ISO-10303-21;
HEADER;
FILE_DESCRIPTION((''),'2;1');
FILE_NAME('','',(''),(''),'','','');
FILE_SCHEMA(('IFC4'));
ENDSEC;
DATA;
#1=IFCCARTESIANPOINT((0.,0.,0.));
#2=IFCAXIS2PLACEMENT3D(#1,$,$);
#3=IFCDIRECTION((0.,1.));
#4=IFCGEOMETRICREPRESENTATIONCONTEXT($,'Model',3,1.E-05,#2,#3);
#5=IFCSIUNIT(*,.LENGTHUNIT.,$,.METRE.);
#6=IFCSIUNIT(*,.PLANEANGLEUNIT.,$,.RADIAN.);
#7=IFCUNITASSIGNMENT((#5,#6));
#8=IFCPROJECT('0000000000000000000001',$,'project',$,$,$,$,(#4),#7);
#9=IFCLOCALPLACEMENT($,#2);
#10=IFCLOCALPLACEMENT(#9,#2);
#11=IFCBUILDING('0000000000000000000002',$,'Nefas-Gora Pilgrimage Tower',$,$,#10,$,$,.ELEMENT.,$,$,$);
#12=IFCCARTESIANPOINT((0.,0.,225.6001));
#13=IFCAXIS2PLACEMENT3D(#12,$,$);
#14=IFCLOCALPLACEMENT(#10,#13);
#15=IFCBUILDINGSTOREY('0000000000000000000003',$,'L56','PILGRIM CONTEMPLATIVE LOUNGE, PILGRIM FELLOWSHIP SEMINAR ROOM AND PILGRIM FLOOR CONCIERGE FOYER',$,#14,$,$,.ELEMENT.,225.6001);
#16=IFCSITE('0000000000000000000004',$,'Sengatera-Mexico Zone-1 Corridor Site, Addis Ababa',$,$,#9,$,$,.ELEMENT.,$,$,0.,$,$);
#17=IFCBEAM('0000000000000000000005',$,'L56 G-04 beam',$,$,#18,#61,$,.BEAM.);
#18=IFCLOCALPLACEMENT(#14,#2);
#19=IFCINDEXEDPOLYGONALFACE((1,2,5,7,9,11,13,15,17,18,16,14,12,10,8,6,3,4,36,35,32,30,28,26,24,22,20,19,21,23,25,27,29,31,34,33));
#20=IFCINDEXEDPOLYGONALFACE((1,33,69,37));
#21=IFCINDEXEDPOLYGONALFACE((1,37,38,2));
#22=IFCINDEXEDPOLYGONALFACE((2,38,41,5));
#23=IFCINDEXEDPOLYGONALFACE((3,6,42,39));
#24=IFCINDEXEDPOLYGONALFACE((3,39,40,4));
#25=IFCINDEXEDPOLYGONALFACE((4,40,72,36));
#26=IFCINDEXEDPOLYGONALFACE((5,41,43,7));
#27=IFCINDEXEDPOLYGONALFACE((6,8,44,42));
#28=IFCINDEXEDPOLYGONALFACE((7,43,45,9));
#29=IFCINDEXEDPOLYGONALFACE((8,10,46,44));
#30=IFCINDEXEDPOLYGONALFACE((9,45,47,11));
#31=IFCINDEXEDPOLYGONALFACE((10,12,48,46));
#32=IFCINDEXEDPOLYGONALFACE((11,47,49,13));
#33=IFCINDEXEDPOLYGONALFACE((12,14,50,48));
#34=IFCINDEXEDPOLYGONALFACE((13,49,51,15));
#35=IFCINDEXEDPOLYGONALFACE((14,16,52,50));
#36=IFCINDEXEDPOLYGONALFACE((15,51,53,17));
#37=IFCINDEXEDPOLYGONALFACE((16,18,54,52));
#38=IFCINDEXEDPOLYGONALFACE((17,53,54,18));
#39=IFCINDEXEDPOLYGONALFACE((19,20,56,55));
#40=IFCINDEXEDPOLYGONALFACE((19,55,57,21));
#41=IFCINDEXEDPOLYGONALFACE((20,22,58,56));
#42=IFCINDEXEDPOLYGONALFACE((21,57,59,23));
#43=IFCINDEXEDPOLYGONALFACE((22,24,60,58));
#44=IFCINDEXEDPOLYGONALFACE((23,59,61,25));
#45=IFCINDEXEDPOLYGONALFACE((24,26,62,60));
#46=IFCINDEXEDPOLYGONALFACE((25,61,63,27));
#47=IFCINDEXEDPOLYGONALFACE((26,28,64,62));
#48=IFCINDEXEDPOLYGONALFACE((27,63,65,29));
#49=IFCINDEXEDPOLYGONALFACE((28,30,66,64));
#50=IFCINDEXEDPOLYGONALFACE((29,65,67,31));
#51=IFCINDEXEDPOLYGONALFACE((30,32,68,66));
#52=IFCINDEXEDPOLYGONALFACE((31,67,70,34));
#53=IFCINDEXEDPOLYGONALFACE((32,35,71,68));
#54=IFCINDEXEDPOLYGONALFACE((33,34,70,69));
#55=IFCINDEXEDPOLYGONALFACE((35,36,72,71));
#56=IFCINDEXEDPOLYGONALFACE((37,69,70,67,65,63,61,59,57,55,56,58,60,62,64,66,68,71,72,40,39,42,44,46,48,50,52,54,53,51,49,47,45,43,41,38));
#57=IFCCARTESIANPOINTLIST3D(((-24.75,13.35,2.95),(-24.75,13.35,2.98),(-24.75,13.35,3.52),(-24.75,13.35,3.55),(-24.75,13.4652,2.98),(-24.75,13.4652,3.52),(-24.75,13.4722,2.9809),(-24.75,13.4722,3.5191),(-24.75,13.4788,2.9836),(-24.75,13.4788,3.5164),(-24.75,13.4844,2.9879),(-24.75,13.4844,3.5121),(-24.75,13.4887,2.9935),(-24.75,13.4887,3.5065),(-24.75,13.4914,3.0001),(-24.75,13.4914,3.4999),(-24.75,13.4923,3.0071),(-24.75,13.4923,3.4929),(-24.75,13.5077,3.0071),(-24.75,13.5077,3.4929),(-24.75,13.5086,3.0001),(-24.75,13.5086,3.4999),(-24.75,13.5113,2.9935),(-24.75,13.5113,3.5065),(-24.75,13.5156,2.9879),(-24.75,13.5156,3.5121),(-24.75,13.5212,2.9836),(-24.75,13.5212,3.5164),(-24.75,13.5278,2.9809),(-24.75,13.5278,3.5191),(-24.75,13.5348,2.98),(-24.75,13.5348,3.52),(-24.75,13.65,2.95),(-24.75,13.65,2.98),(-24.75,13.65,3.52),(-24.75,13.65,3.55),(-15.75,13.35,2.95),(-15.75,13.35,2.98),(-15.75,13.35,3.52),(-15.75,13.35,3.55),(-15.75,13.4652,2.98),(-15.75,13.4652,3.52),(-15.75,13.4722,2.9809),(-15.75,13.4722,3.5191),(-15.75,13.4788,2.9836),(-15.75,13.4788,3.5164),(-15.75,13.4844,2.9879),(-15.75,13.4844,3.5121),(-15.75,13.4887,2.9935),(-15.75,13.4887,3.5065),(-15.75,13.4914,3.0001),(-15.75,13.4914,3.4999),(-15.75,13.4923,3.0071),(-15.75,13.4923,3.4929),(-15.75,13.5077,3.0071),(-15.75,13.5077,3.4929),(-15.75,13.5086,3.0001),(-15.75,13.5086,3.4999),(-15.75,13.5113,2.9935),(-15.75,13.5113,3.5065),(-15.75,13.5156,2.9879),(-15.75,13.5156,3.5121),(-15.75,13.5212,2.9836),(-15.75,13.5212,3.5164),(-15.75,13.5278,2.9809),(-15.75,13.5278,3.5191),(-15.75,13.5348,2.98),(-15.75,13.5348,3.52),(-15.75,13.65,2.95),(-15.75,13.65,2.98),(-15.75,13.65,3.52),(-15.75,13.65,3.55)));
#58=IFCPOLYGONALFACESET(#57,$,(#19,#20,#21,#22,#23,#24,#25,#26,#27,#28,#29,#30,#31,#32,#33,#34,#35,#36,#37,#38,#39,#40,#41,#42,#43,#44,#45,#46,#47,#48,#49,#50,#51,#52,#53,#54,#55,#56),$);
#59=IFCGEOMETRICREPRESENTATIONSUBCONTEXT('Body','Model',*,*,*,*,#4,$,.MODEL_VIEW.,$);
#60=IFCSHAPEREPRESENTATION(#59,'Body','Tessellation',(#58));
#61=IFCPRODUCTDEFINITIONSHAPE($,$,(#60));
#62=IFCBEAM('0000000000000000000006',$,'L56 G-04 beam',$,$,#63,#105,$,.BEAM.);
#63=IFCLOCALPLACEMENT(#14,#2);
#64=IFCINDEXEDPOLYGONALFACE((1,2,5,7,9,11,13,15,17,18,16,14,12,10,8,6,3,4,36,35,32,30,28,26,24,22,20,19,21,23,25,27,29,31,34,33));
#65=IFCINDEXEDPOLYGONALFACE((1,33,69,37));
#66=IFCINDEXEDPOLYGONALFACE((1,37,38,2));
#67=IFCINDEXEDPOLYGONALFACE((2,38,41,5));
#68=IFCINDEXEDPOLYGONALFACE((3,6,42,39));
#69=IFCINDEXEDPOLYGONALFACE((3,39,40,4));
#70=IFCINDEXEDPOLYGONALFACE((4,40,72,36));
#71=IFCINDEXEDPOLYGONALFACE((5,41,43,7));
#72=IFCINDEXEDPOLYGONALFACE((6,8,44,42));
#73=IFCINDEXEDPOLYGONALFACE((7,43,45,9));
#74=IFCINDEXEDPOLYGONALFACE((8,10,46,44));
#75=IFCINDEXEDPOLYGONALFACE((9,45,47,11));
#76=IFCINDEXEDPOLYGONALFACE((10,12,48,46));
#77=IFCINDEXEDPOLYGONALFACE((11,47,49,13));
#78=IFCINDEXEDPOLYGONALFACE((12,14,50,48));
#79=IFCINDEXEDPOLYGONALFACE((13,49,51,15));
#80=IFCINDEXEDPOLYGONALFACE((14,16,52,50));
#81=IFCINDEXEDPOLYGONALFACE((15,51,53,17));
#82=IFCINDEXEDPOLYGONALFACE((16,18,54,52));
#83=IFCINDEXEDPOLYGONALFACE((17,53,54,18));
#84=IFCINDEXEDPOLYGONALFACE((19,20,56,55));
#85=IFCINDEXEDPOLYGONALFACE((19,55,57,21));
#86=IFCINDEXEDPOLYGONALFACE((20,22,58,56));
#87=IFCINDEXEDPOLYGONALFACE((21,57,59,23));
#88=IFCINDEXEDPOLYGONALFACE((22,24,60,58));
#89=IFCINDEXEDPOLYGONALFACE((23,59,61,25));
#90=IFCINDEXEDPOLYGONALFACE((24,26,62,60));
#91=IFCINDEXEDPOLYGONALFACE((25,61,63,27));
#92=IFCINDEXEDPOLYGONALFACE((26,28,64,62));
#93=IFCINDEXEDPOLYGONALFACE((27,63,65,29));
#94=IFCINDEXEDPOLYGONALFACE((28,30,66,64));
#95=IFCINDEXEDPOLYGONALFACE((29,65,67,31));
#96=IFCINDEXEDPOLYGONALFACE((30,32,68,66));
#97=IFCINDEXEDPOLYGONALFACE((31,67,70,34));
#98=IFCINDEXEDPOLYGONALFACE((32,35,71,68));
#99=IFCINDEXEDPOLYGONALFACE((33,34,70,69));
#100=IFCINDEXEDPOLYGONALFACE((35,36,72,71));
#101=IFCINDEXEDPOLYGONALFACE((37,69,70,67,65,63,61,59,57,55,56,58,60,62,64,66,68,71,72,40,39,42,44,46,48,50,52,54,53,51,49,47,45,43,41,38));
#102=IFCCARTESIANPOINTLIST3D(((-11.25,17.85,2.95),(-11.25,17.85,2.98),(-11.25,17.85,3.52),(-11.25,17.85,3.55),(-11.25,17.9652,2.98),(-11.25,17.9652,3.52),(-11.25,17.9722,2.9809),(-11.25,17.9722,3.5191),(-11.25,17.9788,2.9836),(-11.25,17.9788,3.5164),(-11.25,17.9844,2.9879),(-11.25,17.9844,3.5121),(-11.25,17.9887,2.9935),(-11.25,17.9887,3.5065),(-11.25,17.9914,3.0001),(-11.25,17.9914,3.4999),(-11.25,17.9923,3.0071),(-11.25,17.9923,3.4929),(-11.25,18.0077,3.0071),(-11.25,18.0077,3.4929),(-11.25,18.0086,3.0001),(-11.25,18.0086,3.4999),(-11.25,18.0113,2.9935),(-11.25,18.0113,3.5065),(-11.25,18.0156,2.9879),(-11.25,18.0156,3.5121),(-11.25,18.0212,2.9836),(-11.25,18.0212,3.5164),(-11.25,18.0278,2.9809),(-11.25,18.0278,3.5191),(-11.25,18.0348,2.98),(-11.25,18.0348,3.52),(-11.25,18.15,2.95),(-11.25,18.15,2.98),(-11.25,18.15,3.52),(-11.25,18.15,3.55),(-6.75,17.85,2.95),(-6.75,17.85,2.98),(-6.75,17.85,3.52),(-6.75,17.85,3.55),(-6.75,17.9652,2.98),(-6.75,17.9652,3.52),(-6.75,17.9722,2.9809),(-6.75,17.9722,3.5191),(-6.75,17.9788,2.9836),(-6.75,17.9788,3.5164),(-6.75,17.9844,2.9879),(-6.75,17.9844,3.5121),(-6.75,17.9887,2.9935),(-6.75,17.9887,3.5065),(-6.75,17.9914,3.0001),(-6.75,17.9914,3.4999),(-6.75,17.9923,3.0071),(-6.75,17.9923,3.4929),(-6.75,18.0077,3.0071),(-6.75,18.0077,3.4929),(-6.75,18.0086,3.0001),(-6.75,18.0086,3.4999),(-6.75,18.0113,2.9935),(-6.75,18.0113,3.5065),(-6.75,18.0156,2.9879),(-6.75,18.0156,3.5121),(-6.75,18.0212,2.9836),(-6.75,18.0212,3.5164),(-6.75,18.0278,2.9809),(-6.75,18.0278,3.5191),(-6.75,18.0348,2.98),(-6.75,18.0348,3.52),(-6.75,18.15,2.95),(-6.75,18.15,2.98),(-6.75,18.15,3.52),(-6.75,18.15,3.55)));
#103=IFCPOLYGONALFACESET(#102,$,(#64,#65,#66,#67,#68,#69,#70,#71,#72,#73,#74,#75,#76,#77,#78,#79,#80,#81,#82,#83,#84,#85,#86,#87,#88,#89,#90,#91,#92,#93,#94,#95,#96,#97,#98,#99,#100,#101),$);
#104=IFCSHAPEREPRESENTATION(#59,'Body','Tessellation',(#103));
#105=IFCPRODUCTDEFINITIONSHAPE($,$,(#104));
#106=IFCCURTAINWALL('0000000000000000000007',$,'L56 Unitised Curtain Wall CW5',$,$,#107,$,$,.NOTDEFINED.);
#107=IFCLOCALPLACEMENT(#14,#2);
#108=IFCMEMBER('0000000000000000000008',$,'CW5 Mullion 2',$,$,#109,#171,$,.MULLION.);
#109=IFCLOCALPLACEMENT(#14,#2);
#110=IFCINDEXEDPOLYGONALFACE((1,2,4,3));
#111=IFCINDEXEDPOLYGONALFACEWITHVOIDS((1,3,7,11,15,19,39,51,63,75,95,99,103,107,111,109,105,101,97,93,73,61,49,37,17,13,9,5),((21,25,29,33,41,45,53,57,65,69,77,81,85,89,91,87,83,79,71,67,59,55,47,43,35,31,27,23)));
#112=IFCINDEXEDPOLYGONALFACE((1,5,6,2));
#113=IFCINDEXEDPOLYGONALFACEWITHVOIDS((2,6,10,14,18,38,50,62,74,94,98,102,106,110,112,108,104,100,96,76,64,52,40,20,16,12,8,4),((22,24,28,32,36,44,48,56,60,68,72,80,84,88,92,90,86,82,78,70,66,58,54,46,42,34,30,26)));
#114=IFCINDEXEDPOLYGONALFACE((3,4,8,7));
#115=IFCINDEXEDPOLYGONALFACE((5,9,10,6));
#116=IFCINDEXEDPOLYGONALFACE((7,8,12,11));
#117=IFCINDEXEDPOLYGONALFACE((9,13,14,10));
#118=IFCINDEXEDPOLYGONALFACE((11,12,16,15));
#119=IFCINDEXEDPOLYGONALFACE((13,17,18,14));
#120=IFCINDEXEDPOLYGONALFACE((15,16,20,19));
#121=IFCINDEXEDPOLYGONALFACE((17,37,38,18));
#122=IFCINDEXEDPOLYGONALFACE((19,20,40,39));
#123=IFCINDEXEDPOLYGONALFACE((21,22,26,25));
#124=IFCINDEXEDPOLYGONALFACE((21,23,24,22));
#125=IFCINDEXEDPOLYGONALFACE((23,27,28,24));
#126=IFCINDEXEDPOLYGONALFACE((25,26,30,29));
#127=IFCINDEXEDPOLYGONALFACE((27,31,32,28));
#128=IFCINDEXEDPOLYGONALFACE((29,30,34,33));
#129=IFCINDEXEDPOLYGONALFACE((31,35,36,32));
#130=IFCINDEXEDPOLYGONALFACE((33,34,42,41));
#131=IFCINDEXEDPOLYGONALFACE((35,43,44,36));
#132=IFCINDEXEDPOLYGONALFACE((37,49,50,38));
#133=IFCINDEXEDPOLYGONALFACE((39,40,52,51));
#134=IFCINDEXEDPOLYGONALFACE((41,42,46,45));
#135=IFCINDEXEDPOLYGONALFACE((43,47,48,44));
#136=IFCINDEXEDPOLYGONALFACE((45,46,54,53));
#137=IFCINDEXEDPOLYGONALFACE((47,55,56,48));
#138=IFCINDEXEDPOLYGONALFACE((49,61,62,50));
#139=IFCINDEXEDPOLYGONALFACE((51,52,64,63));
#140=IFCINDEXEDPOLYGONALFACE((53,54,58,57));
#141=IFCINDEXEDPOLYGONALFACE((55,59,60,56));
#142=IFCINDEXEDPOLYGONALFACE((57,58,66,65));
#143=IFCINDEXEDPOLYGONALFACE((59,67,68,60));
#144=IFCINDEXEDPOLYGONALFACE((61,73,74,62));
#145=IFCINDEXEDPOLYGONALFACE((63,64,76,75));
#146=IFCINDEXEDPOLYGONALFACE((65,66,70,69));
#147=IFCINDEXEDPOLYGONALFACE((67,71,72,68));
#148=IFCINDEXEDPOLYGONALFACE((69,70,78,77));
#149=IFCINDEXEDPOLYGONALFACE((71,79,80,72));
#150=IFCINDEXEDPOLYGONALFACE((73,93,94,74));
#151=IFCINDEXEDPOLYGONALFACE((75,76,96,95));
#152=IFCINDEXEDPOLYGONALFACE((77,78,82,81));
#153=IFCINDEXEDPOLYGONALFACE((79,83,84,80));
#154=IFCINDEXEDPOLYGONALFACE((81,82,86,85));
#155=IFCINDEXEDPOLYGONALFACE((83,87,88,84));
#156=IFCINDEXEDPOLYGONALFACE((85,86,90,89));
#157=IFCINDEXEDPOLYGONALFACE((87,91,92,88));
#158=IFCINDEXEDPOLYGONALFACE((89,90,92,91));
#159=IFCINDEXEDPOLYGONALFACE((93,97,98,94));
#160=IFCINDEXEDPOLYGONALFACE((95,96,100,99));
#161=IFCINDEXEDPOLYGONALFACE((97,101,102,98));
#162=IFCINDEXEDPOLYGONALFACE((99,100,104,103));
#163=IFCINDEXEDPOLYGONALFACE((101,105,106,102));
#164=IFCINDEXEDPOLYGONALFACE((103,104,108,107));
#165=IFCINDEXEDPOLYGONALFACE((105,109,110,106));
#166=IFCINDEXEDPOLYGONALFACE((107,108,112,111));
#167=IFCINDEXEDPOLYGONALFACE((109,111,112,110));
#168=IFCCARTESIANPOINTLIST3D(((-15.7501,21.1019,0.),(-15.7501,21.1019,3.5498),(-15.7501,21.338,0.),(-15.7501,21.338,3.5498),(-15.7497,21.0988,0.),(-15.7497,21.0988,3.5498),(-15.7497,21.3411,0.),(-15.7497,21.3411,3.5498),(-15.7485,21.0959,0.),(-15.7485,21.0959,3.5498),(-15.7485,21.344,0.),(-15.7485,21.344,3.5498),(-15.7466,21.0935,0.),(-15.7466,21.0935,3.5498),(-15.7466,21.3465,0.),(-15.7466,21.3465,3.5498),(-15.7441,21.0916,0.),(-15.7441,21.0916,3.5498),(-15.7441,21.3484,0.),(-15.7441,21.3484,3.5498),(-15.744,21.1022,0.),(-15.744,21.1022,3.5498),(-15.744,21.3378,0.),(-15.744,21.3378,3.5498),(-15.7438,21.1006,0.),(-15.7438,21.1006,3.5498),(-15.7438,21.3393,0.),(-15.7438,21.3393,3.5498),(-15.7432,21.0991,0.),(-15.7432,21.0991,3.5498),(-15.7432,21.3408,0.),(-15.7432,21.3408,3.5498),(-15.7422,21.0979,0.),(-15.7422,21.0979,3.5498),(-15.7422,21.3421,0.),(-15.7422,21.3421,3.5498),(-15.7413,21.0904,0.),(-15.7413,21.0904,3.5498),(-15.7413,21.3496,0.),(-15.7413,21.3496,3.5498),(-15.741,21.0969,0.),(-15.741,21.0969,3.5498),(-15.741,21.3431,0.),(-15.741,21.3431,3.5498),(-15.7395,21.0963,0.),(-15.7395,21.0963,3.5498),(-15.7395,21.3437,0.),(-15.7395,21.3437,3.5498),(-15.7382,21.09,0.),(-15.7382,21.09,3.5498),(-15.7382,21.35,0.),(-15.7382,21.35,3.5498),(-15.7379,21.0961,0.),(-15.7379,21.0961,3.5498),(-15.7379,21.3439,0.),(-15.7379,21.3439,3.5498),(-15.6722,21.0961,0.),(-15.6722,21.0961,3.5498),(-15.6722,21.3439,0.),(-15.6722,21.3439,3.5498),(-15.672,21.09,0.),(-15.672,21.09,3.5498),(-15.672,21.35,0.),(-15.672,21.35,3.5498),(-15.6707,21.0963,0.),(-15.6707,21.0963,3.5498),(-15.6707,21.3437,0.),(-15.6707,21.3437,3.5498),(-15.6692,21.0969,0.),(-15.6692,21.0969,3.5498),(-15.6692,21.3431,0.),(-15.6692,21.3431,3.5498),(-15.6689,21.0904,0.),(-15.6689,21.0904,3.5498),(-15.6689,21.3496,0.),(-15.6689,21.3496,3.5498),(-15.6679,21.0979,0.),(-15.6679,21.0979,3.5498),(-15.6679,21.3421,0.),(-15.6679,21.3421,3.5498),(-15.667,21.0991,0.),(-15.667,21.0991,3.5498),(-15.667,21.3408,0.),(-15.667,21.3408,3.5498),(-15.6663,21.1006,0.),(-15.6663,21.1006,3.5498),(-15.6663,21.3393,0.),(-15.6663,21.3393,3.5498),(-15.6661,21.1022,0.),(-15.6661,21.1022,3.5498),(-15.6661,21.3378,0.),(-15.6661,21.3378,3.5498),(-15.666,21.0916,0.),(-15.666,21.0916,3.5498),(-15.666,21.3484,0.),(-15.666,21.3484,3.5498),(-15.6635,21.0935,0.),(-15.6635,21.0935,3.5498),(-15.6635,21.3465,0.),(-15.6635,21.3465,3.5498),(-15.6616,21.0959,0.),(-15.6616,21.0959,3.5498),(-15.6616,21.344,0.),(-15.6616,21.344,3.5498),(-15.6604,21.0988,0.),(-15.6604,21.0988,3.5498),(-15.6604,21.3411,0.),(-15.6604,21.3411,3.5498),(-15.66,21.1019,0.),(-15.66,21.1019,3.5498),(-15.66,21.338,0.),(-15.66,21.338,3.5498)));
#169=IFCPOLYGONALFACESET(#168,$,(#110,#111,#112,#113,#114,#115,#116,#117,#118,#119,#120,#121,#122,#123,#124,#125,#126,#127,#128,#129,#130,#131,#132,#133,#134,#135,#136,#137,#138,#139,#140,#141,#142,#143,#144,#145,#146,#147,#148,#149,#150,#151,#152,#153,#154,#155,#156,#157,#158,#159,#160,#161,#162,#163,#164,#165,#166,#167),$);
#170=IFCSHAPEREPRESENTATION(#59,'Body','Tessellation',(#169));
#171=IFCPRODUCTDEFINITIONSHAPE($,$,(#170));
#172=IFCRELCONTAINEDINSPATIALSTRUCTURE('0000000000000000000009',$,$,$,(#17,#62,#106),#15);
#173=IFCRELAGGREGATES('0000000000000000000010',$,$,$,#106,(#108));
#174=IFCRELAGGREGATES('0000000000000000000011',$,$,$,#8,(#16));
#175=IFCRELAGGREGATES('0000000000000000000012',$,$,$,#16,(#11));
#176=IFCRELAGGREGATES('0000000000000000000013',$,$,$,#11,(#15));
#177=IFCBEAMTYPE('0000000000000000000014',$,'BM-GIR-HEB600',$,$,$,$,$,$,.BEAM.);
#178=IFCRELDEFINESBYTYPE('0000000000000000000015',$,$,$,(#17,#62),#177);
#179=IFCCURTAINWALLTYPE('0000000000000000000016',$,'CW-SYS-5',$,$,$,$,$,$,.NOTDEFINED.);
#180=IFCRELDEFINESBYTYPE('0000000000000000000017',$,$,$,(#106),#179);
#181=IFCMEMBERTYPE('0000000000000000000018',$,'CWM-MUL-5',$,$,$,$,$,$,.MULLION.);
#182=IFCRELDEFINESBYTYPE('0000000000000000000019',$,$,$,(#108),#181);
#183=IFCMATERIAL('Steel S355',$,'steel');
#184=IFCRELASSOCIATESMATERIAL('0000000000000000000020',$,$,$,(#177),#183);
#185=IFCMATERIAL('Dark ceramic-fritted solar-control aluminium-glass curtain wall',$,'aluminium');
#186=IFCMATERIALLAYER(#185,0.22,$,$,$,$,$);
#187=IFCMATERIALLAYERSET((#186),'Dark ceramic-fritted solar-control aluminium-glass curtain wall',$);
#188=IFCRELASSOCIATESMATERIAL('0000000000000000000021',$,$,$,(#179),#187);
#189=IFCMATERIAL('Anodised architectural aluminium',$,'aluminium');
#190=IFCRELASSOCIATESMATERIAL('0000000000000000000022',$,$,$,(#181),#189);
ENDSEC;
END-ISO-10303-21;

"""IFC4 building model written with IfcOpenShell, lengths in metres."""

from ifc_helpers import new_model, si_unit, direction, frame, origin, origin_2d, place, context, subcontext, project, spatial, hollow_rectangle, i_section, extrude, source, transform, mapped, material, layer, layer_set, material_profile, profile_set, type_object, element, aggregate, save


model = new_model("IFC4")

# Units and contexts
model_context = context("Model", 3, precision=1e-05, world=origin(), true_north=direction((0.0, 1.0)))
body_context = subcontext(model_context, "Body", "Model", "MODEL_VIEW")
ifc_project = project(units=[si_unit("LENGTHUNIT", "METRE"), si_unit("PLANEANGLEUNIT", "RADIAN")], contexts=[model_context])

# Site, building, storey
site_placement = place(None, origin())
site = spatial("IfcSite", under=ifc_project, at=site_placement, Name="Sengatera-Mexico Zone-1 Corridor Site, Addis Ababa", CompositionType="ELEMENT", RefElevation=0.0)
building_placement = place(site_placement, origin())
building = spatial("IfcBuilding", under=site, at=building_placement, Name="Nefas-Gora Pilgrimage Tower", CompositionType="ELEMENT")
storey_placement = place(building_placement, frame((0.0, 0.0, 225.6001)))
storey = spatial("IfcBuildingStorey", under=building, at=storey_placement, Name="L56", Description="PILGRIM CONTEMPLATIVE LOUNGE, PILGRIM FELLOWSHIP SEMINAR ROOM AND PILGRIM FLOOR CONCIERGE FOYER", CompositionType="ELEMENT", Elevation=225.6001)

# Beams
ifc_material_1 = material(Name="Steel S355", Category="steel")
ifc_material_profile_1 = material_profile(ifc_material_1, i_section(OverallWidth=0.3, OverallDepth=0.6001, WebThickness=0.0154, FlangeThickness=0.03, FilletRadius=0.0271, at=origin_2d()), Name="HEB 600")
ifc_profile_set_1 = profile_set([ifc_material_profile_1], Name="Steel S355")
beam_type = type_object("IfcBeamType", Name="BM-GIR-HEB600", PredefinedType="BEAM", material=ifc_profile_set_1)
shared_shape_1 = source(origin(), body_context, "Body", "SweptSolid", [
    extrude(i_section(OverallWidth=0.3, OverallDepth=0.6001, WebThickness=0.0154, FlangeThickness=0.03, FilletRadius=0.0271, at=origin_2d()), origin(), (0.0, 0.0, 1.0), 9.0),
])
beam_1_placement = place(storey_placement, frame((-24.75, 13.5, 3.25), z_axis=(1.0, 0.0, 0.0), x_axis=(0.0, 1.0, 0.0)))
element("IfcBeam", 1, at=beam_1_placement, inside=storey, type_object=beam_type, Name="L56 G-04 beam", PredefinedType="BEAM", context=body_context, shape_type="MappedRepresentation", body=[
    mapped(shared_shape_1, transform((0.0, 0.0, 0.0), x_axis=(1.0, 0.0, 0.0), y_axis=(0.0, 1.0, 0.0), z_axis=(0.0, 0.0, 1.0), scale=1.0)),
])
shared_shape_2 = source(origin(), body_context, "Body", "SweptSolid", [
    extrude(i_section(OverallWidth=0.3, OverallDepth=0.6001, WebThickness=0.0154, FlangeThickness=0.03, FilletRadius=0.0271, at=origin_2d()), origin(), (0.0, 0.0, 1.0), 4.5),
])
beam_2_placement = place(storey_placement, frame((-11.25, 18.0, 3.25), z_axis=(1.0, 0.0, 0.0), x_axis=(0.0, 1.0, 0.0)))
element("IfcBeam", 2, at=beam_2_placement, inside=storey, type_object=beam_type, Name="L56 G-04 beam", PredefinedType="BEAM", context=body_context, shape_type="MappedRepresentation", body=[
    mapped(shared_shape_2, transform((0.0, 0.0, 0.0), x_axis=(1.0, 0.0, 0.0), y_axis=(0.0, 1.0, 0.0), z_axis=(0.0, 0.0, 1.0), scale=1.0)),
])

# Curtain wall, member
ifc_material_2 = material(Name="Dark ceramic-fritted solar-control aluminium-glass curtain wall", Category="aluminium")
ifc_layer_1 = layer(ifc_material_2, 0.22)
ifc_layer_set_1 = layer_set([ifc_layer_1], Name="Dark ceramic-fritted solar-control aluminium-glass curtain wall")
curtain_wall_type_1 = type_object("IfcCurtainWallType", Name="CW-SYS-5", PredefinedType="NOTDEFINED", material=ifc_layer_set_1)
curtain_wall_1_placement = place(storey_placement, origin())
curtain_wall_1 = element("IfcCurtainWall", 3, at=curtain_wall_1_placement, inside=storey, type_object=curtain_wall_type_1, Name="L56 Unitised Curtain Wall CW5", PredefinedType="NOTDEFINED")
ifc_material_3 = material(Name="Anodised architectural aluminium", Category="aluminium")
ifc_material_profile_2 = material_profile(ifc_material_3, hollow_rectangle(XDim=0.0901, YDim=0.26, WallThickness=0.0061, InnerFilletRadius=0.0061, OuterFilletRadius=0.012, at=origin_2d()), Name="ALU MULLION 90x260")
ifc_profile_set_2 = profile_set([ifc_material_profile_2], Name="Anodised architectural aluminium")
member_type_1 = type_object("IfcMemberType", Name="CWM-MUL-5", PredefinedType="MULLION", material=ifc_profile_set_2)
shared_shape_3 = source(origin(), body_context, "Body", "SweptSolid", [
    extrude(hollow_rectangle(XDim=0.0901, YDim=0.26, WallThickness=0.0061, InnerFilletRadius=0.0061, OuterFilletRadius=0.012, at=origin_2d()), origin(), (0.0, 0.0, 1.0), 3.5498),
])
member_1_placement = place(storey_placement, frame((-15.7051, 21.22, 0.0), z_axis=(0.0, 0.0, 1.0), x_axis=(-1.0, 0.0, 0.0)))
member_1 = element("IfcMember", 4, at=member_1_placement, type_object=member_type_1, Name="CW5 Mullion 2", PredefinedType="MULLION", context=body_context, shape_type="MappedRepresentation", body=[
    mapped(shared_shape_3, transform((0.0, 0.0, 0.0), x_axis=(1.0, 0.0, 0.0), y_axis=(0.0, 1.0, 0.0), z_axis=(0.0, 0.0, 1.0), scale=1.0)),
])

aggregate(curtain_wall_1, [member_1])

save(model, "model.ifc")
